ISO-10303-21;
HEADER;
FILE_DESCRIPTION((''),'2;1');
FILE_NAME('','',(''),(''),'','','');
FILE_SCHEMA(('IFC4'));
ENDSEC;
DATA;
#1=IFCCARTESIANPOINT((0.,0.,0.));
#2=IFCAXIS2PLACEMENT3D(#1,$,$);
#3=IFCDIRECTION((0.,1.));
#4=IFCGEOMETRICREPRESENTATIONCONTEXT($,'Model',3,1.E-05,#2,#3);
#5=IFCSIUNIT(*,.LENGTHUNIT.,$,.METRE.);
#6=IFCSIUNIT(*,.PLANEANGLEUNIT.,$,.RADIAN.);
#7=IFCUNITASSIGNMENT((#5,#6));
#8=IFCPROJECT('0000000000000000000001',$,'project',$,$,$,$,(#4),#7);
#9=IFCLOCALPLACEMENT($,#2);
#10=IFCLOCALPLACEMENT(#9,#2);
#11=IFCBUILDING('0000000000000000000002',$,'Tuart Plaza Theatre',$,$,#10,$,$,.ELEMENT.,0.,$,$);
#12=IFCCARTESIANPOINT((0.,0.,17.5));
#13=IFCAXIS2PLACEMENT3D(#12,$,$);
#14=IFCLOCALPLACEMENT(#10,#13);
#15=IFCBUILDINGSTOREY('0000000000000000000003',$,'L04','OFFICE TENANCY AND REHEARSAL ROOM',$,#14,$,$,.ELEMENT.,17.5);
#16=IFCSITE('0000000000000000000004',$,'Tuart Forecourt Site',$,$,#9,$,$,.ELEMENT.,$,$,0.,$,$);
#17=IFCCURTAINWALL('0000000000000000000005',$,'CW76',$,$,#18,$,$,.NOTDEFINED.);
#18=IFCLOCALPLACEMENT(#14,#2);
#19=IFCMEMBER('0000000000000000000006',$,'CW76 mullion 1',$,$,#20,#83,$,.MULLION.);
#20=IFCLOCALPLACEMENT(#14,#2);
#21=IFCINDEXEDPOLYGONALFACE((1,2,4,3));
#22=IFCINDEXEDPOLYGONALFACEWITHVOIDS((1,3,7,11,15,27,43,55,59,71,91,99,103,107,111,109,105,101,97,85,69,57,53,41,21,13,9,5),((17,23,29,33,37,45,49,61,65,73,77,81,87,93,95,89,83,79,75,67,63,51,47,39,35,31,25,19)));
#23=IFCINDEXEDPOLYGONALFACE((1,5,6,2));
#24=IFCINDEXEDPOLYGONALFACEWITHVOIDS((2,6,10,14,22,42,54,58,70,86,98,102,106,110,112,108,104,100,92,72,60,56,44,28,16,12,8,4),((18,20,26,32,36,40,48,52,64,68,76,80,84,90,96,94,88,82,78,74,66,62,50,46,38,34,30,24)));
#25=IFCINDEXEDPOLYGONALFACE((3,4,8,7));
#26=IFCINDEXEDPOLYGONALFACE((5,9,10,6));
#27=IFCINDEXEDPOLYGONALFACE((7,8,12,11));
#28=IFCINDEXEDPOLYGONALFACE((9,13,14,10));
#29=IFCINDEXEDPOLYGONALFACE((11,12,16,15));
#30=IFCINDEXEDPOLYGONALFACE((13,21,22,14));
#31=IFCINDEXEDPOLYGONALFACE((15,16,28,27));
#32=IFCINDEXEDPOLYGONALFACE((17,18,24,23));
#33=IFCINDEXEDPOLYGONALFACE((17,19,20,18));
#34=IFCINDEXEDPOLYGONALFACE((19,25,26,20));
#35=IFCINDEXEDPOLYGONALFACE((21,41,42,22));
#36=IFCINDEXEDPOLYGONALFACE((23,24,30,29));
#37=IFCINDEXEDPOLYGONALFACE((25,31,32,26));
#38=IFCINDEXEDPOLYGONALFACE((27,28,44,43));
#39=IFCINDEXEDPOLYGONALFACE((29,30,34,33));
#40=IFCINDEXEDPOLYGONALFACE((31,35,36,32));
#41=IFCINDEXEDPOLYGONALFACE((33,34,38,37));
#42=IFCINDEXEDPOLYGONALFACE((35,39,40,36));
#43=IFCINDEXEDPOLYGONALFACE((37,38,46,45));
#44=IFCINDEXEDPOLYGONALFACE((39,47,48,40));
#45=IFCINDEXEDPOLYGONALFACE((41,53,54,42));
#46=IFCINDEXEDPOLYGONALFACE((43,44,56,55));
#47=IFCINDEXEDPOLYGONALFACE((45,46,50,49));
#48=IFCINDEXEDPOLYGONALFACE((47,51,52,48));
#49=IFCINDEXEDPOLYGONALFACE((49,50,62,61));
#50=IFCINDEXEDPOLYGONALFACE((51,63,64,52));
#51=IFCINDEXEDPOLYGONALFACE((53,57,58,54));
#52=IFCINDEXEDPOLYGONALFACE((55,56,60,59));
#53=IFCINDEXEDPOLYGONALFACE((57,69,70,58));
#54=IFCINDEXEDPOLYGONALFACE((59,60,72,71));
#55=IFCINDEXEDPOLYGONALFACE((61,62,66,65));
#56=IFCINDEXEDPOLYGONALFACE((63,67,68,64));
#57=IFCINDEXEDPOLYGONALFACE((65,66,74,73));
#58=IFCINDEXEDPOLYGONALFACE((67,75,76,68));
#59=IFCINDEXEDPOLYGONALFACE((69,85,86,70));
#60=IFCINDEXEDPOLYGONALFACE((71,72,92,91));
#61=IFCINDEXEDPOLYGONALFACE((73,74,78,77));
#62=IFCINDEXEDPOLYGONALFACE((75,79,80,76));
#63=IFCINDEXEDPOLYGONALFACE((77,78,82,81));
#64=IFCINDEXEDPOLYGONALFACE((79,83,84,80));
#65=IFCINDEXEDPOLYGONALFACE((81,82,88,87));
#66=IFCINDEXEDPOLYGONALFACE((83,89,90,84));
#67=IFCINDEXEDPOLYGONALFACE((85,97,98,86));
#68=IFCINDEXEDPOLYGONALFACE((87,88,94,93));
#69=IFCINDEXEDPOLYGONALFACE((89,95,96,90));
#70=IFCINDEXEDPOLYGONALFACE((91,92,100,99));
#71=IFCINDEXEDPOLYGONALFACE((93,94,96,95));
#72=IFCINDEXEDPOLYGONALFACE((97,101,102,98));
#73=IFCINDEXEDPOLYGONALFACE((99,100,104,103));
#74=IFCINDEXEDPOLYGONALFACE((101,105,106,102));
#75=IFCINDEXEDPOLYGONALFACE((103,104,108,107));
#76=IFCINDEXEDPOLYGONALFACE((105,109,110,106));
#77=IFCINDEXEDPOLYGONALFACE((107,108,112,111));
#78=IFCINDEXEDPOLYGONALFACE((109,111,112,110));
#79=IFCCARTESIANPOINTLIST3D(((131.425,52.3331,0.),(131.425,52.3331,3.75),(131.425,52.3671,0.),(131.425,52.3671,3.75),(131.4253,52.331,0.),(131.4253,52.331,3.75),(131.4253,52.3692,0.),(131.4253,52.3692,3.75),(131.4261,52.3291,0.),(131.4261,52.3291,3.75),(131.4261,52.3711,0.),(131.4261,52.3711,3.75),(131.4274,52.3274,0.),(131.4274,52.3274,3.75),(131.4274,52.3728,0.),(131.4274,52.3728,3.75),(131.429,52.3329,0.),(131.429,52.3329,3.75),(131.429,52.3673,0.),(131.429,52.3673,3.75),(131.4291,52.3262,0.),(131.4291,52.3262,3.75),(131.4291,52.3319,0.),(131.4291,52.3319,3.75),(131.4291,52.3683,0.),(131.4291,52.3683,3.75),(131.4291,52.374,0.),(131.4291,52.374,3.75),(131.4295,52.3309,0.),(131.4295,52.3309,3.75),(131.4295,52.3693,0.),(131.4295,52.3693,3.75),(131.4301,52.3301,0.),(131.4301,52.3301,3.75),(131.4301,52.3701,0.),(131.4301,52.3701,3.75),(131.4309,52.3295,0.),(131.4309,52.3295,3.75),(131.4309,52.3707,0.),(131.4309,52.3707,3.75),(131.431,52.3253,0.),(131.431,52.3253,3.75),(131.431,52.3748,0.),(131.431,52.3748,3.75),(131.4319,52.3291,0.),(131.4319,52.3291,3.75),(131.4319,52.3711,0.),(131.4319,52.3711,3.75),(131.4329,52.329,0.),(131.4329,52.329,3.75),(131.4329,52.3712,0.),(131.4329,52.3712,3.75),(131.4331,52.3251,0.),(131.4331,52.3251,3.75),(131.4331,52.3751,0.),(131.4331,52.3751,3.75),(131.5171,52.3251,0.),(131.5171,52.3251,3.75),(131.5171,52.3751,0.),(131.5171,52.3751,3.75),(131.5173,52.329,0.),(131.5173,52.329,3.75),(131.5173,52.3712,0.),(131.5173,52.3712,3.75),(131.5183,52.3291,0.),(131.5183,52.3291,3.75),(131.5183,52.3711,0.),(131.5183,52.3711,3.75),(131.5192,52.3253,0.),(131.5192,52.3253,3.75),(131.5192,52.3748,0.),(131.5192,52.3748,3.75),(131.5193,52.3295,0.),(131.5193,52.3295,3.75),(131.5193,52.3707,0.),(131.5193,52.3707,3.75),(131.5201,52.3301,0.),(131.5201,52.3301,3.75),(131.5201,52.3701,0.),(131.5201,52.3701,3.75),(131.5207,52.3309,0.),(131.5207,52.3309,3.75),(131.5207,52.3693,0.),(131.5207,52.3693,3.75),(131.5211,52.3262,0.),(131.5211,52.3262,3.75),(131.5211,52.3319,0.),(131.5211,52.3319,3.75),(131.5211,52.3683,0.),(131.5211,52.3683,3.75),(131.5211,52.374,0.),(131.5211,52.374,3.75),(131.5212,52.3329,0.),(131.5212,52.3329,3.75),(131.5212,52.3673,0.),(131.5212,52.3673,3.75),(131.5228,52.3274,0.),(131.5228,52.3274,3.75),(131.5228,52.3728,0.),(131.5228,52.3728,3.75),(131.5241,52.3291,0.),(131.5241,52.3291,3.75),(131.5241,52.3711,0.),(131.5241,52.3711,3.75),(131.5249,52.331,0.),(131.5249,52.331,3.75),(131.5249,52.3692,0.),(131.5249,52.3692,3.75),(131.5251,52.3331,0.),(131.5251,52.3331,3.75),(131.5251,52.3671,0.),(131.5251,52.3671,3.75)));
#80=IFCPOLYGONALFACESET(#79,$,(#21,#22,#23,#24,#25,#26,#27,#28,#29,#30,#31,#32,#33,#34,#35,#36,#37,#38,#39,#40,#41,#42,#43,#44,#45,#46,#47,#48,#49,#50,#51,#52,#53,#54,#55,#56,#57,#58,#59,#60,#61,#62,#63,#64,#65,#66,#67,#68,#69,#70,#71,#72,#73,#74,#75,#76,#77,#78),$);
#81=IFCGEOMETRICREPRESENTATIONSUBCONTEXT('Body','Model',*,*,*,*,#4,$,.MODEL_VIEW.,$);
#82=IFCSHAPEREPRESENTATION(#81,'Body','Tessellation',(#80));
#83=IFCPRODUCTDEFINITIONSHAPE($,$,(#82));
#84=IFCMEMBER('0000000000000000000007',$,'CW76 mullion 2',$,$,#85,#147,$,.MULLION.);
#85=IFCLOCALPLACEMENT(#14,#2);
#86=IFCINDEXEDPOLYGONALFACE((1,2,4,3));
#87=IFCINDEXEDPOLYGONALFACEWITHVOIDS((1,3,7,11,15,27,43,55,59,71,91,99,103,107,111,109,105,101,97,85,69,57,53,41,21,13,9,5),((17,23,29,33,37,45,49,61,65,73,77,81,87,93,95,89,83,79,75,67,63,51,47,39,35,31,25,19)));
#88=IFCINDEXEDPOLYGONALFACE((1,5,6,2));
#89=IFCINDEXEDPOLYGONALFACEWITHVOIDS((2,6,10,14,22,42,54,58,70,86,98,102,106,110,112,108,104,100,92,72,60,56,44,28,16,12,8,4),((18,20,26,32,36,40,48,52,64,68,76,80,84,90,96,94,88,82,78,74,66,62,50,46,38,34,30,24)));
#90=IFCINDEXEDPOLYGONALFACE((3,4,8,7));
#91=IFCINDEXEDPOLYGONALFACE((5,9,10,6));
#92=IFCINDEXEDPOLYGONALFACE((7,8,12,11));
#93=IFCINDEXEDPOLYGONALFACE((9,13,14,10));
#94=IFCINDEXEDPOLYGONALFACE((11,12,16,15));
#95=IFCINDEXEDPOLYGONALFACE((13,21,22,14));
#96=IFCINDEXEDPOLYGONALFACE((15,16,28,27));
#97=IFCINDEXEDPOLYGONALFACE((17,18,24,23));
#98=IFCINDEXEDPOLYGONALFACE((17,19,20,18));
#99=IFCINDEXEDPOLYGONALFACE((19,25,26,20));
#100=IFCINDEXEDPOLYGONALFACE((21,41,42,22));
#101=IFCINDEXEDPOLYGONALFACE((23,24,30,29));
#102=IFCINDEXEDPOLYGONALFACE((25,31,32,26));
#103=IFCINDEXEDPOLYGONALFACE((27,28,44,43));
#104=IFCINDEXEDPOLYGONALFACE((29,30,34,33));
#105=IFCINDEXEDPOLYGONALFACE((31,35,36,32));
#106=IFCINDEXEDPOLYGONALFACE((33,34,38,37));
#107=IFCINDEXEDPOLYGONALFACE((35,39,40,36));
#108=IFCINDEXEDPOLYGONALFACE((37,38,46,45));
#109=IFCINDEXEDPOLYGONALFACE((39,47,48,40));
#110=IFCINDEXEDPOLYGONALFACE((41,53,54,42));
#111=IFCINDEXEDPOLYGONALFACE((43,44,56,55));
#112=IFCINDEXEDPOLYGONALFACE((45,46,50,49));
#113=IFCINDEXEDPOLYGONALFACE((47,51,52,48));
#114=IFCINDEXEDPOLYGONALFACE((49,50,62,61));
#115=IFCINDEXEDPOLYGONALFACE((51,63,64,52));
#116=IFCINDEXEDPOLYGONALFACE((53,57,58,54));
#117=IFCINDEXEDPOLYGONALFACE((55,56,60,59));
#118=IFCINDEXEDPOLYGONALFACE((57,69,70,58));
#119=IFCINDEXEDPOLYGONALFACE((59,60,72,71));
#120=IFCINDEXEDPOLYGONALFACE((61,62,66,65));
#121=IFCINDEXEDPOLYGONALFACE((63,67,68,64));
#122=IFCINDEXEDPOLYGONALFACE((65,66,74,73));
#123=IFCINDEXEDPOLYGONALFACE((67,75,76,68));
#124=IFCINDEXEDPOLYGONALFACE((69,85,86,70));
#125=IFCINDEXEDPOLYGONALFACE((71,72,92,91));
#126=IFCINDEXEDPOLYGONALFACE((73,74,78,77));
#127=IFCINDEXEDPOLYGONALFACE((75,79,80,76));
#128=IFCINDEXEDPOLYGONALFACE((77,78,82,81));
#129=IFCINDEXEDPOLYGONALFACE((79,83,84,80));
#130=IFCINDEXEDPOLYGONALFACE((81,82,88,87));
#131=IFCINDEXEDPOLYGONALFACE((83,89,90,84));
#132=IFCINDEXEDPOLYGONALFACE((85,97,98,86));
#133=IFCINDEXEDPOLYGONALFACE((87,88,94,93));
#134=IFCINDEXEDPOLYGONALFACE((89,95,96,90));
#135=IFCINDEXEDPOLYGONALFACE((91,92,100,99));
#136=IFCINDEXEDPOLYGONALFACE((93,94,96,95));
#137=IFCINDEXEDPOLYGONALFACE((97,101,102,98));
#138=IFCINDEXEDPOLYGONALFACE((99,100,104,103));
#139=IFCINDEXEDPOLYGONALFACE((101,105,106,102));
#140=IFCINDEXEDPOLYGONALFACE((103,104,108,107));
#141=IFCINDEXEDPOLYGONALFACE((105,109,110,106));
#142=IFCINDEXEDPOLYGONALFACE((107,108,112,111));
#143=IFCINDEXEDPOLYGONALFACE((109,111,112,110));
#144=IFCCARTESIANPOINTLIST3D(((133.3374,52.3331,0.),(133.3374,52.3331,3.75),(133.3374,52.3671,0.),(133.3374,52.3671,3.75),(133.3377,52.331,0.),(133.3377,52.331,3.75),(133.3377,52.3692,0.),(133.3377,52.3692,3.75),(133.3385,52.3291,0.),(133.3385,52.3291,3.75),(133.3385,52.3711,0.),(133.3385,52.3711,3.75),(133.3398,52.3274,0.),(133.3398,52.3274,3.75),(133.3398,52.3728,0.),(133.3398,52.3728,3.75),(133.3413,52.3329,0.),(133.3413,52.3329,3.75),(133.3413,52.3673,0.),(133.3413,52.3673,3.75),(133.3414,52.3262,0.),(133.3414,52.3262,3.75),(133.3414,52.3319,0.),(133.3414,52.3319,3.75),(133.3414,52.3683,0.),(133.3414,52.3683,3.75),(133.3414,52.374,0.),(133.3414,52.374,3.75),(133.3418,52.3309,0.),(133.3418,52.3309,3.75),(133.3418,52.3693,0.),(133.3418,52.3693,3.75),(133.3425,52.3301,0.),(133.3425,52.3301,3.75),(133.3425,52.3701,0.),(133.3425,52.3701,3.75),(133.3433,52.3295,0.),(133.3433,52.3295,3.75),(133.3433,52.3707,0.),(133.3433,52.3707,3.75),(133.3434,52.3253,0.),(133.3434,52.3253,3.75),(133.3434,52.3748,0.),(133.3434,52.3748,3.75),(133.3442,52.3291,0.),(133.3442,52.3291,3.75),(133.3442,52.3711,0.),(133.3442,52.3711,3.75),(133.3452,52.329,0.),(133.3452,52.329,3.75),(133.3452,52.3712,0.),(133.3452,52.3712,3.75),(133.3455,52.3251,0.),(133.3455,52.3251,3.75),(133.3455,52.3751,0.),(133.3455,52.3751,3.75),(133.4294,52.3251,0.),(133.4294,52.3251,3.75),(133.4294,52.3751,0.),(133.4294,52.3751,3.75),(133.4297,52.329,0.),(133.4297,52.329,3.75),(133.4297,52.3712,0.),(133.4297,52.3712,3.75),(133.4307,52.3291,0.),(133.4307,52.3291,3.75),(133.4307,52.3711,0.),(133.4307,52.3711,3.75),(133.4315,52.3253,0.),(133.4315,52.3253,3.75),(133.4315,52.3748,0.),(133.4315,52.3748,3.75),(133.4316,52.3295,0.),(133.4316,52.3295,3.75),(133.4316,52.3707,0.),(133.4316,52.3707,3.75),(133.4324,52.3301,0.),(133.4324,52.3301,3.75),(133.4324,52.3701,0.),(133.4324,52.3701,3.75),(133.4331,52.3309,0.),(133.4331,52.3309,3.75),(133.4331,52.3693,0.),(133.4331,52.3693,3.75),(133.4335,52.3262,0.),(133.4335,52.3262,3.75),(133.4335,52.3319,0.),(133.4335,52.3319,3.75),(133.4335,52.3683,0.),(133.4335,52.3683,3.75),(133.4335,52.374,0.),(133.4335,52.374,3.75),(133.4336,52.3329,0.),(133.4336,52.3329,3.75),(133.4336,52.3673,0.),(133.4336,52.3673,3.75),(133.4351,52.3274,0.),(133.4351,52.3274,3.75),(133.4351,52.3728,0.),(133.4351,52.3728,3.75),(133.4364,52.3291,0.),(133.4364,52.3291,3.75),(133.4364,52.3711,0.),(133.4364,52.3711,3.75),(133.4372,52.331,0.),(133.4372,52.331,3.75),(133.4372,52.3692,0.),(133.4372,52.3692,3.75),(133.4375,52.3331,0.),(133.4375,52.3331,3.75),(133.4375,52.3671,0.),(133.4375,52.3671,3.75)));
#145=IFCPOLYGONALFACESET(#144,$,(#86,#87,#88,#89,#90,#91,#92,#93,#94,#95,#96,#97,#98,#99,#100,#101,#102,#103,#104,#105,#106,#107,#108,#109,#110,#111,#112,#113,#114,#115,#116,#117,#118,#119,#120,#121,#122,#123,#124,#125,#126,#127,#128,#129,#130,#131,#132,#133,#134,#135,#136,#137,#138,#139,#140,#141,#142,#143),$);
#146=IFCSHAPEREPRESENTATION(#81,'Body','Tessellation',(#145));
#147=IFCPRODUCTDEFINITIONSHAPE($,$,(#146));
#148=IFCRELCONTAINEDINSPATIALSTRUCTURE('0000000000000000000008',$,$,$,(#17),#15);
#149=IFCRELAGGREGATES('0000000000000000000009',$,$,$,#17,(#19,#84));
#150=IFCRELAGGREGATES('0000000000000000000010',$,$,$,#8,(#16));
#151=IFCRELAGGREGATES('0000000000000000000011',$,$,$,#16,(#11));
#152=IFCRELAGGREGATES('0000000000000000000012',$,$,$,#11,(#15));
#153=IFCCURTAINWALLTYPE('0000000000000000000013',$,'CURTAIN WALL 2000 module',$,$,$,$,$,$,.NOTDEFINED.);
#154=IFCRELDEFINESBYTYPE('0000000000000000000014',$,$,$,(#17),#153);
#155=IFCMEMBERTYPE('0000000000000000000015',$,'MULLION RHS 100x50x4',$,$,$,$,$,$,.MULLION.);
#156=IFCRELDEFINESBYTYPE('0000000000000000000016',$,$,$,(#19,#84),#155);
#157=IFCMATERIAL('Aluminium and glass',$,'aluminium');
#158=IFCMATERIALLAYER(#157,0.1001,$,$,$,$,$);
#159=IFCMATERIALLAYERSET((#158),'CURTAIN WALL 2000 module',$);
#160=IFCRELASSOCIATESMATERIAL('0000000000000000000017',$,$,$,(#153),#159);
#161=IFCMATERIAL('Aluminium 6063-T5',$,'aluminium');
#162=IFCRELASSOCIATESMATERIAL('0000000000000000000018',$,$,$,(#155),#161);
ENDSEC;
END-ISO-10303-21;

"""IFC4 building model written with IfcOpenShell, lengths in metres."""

from ifc_helpers import new_model, si_unit, direction, frame, origin, origin_2d, place, context, subcontext, project, spatial, hollow_rectangle, extrude, material, layer, layer_set, material_profile, profile_set, type_object, element, aggregate, save


model = new_model("IFC4")

# Units and contexts
model_context = context("Model", 3, precision=1e-05, world=origin(), true_north=direction((0.0, 1.0)))
body_context = subcontext(model_context, "Body", "Model", "MODEL_VIEW")
ifc_project = project(units=[si_unit("LENGTHUNIT", "METRE"), si_unit("PLANEANGLEUNIT", "RADIAN")], contexts=[model_context])

# Site, building, storey
site_placement = place(None, origin())
site = spatial("IfcSite", under=ifc_project, at=site_placement, Name="Tuart Forecourt Site", CompositionType="ELEMENT", RefElevation=0.0)
building_placement = place(site_placement, origin())
building = spatial("IfcBuilding", under=site, at=building_placement, Name="Tuart Plaza Theatre", CompositionType="ELEMENT", ElevationOfRefHeight=0.0)
storey_placement = place(building_placement, frame((0.0, 0.0, 17.5)))
storey = spatial("IfcBuildingStorey", under=building, at=storey_placement, Name="L04", Description="OFFICE TENANCY AND REHEARSAL ROOM", CompositionType="ELEMENT", Elevation=17.5)

# Curtain wall, members
ifc_material_1 = material(Name="Aluminium and glass", Category="aluminium")
ifc_layer_1 = layer(ifc_material_1, 0.1001)
ifc_layer_set_1 = layer_set([ifc_layer_1], Name="CURTAIN WALL 2000 module")
curtain_wall_type = type_object("IfcCurtainWallType", Name="CURTAIN WALL 2000 module", PredefinedType="NOTDEFINED", material=ifc_layer_set_1)
ifc_material_2 = material(Name="Aluminium 6063-T5", Category="aluminium")
ifc_material_profile_1 = material_profile(ifc_material_2, hollow_rectangle(XDim=0.05, YDim=0.1001, WallThickness=0.0039, InnerFilletRadius=0.0039, OuterFilletRadius=0.0081, at=origin_2d()), Name="RHS 100x50x4")
ifc_profile_set_1 = profile_set([ifc_material_profile_1], Name="Aluminium 6063-T5")
member_type_1 = type_object("IfcMemberType", Name="MULLION RHS 100x50x4", PredefinedType="MULLION", material=ifc_profile_set_1)
curtain_wall_1_placement = place(storey_placement, origin())
curtain_wall_1 = element("IfcCurtainWall", 1, at=curtain_wall_1_placement, inside=storey, type_object=curtain_wall_type, Name="CW76", PredefinedType="NOTDEFINED")
member_1_placement = place(storey_placement, frame((131.4751, 52.3501, 0.0), z_axis=(0.0, 0.0, 1.0), x_axis=(0.0, 1.0, 0.0)))
member_1 = element("IfcMember", 2, at=member_1_placement, type_object=member_type_1, Name="CW76 mullion 1", PredefinedType="MULLION", context=body_context, shape_type="SweptSolid", body=[
    extrude(hollow_rectangle(XDim=0.05, YDim=0.1001, WallThickness=0.0039, InnerFilletRadius=0.0039, OuterFilletRadius=0.0081, at=origin_2d()), origin(), (0.0, 0.0, 1.0), 3.75),
])
member_2_placement = place(storey_placement, frame((133.3875, 52.3501, 0.0), z_axis=(0.0, 0.0, 1.0), x_axis=(0.0, 1.0, 0.0)))
member_2 = element("IfcMember", 3, at=member_2_placement, type_object=member_type_1, Name="CW76 mullion 2", PredefinedType="MULLION", context=body_context, shape_type="SweptSolid", body=[
    extrude(hollow_rectangle(XDim=0.05, YDim=0.1001, WallThickness=0.0039, InnerFilletRadius=0.0039, OuterFilletRadius=0.0081, at=origin_2d()), origin(), (0.0, 0.0, 1.0), 3.75),
])

aggregate(curtain_wall_1, [member_1, member_2])

save(model, "model.ifc")
